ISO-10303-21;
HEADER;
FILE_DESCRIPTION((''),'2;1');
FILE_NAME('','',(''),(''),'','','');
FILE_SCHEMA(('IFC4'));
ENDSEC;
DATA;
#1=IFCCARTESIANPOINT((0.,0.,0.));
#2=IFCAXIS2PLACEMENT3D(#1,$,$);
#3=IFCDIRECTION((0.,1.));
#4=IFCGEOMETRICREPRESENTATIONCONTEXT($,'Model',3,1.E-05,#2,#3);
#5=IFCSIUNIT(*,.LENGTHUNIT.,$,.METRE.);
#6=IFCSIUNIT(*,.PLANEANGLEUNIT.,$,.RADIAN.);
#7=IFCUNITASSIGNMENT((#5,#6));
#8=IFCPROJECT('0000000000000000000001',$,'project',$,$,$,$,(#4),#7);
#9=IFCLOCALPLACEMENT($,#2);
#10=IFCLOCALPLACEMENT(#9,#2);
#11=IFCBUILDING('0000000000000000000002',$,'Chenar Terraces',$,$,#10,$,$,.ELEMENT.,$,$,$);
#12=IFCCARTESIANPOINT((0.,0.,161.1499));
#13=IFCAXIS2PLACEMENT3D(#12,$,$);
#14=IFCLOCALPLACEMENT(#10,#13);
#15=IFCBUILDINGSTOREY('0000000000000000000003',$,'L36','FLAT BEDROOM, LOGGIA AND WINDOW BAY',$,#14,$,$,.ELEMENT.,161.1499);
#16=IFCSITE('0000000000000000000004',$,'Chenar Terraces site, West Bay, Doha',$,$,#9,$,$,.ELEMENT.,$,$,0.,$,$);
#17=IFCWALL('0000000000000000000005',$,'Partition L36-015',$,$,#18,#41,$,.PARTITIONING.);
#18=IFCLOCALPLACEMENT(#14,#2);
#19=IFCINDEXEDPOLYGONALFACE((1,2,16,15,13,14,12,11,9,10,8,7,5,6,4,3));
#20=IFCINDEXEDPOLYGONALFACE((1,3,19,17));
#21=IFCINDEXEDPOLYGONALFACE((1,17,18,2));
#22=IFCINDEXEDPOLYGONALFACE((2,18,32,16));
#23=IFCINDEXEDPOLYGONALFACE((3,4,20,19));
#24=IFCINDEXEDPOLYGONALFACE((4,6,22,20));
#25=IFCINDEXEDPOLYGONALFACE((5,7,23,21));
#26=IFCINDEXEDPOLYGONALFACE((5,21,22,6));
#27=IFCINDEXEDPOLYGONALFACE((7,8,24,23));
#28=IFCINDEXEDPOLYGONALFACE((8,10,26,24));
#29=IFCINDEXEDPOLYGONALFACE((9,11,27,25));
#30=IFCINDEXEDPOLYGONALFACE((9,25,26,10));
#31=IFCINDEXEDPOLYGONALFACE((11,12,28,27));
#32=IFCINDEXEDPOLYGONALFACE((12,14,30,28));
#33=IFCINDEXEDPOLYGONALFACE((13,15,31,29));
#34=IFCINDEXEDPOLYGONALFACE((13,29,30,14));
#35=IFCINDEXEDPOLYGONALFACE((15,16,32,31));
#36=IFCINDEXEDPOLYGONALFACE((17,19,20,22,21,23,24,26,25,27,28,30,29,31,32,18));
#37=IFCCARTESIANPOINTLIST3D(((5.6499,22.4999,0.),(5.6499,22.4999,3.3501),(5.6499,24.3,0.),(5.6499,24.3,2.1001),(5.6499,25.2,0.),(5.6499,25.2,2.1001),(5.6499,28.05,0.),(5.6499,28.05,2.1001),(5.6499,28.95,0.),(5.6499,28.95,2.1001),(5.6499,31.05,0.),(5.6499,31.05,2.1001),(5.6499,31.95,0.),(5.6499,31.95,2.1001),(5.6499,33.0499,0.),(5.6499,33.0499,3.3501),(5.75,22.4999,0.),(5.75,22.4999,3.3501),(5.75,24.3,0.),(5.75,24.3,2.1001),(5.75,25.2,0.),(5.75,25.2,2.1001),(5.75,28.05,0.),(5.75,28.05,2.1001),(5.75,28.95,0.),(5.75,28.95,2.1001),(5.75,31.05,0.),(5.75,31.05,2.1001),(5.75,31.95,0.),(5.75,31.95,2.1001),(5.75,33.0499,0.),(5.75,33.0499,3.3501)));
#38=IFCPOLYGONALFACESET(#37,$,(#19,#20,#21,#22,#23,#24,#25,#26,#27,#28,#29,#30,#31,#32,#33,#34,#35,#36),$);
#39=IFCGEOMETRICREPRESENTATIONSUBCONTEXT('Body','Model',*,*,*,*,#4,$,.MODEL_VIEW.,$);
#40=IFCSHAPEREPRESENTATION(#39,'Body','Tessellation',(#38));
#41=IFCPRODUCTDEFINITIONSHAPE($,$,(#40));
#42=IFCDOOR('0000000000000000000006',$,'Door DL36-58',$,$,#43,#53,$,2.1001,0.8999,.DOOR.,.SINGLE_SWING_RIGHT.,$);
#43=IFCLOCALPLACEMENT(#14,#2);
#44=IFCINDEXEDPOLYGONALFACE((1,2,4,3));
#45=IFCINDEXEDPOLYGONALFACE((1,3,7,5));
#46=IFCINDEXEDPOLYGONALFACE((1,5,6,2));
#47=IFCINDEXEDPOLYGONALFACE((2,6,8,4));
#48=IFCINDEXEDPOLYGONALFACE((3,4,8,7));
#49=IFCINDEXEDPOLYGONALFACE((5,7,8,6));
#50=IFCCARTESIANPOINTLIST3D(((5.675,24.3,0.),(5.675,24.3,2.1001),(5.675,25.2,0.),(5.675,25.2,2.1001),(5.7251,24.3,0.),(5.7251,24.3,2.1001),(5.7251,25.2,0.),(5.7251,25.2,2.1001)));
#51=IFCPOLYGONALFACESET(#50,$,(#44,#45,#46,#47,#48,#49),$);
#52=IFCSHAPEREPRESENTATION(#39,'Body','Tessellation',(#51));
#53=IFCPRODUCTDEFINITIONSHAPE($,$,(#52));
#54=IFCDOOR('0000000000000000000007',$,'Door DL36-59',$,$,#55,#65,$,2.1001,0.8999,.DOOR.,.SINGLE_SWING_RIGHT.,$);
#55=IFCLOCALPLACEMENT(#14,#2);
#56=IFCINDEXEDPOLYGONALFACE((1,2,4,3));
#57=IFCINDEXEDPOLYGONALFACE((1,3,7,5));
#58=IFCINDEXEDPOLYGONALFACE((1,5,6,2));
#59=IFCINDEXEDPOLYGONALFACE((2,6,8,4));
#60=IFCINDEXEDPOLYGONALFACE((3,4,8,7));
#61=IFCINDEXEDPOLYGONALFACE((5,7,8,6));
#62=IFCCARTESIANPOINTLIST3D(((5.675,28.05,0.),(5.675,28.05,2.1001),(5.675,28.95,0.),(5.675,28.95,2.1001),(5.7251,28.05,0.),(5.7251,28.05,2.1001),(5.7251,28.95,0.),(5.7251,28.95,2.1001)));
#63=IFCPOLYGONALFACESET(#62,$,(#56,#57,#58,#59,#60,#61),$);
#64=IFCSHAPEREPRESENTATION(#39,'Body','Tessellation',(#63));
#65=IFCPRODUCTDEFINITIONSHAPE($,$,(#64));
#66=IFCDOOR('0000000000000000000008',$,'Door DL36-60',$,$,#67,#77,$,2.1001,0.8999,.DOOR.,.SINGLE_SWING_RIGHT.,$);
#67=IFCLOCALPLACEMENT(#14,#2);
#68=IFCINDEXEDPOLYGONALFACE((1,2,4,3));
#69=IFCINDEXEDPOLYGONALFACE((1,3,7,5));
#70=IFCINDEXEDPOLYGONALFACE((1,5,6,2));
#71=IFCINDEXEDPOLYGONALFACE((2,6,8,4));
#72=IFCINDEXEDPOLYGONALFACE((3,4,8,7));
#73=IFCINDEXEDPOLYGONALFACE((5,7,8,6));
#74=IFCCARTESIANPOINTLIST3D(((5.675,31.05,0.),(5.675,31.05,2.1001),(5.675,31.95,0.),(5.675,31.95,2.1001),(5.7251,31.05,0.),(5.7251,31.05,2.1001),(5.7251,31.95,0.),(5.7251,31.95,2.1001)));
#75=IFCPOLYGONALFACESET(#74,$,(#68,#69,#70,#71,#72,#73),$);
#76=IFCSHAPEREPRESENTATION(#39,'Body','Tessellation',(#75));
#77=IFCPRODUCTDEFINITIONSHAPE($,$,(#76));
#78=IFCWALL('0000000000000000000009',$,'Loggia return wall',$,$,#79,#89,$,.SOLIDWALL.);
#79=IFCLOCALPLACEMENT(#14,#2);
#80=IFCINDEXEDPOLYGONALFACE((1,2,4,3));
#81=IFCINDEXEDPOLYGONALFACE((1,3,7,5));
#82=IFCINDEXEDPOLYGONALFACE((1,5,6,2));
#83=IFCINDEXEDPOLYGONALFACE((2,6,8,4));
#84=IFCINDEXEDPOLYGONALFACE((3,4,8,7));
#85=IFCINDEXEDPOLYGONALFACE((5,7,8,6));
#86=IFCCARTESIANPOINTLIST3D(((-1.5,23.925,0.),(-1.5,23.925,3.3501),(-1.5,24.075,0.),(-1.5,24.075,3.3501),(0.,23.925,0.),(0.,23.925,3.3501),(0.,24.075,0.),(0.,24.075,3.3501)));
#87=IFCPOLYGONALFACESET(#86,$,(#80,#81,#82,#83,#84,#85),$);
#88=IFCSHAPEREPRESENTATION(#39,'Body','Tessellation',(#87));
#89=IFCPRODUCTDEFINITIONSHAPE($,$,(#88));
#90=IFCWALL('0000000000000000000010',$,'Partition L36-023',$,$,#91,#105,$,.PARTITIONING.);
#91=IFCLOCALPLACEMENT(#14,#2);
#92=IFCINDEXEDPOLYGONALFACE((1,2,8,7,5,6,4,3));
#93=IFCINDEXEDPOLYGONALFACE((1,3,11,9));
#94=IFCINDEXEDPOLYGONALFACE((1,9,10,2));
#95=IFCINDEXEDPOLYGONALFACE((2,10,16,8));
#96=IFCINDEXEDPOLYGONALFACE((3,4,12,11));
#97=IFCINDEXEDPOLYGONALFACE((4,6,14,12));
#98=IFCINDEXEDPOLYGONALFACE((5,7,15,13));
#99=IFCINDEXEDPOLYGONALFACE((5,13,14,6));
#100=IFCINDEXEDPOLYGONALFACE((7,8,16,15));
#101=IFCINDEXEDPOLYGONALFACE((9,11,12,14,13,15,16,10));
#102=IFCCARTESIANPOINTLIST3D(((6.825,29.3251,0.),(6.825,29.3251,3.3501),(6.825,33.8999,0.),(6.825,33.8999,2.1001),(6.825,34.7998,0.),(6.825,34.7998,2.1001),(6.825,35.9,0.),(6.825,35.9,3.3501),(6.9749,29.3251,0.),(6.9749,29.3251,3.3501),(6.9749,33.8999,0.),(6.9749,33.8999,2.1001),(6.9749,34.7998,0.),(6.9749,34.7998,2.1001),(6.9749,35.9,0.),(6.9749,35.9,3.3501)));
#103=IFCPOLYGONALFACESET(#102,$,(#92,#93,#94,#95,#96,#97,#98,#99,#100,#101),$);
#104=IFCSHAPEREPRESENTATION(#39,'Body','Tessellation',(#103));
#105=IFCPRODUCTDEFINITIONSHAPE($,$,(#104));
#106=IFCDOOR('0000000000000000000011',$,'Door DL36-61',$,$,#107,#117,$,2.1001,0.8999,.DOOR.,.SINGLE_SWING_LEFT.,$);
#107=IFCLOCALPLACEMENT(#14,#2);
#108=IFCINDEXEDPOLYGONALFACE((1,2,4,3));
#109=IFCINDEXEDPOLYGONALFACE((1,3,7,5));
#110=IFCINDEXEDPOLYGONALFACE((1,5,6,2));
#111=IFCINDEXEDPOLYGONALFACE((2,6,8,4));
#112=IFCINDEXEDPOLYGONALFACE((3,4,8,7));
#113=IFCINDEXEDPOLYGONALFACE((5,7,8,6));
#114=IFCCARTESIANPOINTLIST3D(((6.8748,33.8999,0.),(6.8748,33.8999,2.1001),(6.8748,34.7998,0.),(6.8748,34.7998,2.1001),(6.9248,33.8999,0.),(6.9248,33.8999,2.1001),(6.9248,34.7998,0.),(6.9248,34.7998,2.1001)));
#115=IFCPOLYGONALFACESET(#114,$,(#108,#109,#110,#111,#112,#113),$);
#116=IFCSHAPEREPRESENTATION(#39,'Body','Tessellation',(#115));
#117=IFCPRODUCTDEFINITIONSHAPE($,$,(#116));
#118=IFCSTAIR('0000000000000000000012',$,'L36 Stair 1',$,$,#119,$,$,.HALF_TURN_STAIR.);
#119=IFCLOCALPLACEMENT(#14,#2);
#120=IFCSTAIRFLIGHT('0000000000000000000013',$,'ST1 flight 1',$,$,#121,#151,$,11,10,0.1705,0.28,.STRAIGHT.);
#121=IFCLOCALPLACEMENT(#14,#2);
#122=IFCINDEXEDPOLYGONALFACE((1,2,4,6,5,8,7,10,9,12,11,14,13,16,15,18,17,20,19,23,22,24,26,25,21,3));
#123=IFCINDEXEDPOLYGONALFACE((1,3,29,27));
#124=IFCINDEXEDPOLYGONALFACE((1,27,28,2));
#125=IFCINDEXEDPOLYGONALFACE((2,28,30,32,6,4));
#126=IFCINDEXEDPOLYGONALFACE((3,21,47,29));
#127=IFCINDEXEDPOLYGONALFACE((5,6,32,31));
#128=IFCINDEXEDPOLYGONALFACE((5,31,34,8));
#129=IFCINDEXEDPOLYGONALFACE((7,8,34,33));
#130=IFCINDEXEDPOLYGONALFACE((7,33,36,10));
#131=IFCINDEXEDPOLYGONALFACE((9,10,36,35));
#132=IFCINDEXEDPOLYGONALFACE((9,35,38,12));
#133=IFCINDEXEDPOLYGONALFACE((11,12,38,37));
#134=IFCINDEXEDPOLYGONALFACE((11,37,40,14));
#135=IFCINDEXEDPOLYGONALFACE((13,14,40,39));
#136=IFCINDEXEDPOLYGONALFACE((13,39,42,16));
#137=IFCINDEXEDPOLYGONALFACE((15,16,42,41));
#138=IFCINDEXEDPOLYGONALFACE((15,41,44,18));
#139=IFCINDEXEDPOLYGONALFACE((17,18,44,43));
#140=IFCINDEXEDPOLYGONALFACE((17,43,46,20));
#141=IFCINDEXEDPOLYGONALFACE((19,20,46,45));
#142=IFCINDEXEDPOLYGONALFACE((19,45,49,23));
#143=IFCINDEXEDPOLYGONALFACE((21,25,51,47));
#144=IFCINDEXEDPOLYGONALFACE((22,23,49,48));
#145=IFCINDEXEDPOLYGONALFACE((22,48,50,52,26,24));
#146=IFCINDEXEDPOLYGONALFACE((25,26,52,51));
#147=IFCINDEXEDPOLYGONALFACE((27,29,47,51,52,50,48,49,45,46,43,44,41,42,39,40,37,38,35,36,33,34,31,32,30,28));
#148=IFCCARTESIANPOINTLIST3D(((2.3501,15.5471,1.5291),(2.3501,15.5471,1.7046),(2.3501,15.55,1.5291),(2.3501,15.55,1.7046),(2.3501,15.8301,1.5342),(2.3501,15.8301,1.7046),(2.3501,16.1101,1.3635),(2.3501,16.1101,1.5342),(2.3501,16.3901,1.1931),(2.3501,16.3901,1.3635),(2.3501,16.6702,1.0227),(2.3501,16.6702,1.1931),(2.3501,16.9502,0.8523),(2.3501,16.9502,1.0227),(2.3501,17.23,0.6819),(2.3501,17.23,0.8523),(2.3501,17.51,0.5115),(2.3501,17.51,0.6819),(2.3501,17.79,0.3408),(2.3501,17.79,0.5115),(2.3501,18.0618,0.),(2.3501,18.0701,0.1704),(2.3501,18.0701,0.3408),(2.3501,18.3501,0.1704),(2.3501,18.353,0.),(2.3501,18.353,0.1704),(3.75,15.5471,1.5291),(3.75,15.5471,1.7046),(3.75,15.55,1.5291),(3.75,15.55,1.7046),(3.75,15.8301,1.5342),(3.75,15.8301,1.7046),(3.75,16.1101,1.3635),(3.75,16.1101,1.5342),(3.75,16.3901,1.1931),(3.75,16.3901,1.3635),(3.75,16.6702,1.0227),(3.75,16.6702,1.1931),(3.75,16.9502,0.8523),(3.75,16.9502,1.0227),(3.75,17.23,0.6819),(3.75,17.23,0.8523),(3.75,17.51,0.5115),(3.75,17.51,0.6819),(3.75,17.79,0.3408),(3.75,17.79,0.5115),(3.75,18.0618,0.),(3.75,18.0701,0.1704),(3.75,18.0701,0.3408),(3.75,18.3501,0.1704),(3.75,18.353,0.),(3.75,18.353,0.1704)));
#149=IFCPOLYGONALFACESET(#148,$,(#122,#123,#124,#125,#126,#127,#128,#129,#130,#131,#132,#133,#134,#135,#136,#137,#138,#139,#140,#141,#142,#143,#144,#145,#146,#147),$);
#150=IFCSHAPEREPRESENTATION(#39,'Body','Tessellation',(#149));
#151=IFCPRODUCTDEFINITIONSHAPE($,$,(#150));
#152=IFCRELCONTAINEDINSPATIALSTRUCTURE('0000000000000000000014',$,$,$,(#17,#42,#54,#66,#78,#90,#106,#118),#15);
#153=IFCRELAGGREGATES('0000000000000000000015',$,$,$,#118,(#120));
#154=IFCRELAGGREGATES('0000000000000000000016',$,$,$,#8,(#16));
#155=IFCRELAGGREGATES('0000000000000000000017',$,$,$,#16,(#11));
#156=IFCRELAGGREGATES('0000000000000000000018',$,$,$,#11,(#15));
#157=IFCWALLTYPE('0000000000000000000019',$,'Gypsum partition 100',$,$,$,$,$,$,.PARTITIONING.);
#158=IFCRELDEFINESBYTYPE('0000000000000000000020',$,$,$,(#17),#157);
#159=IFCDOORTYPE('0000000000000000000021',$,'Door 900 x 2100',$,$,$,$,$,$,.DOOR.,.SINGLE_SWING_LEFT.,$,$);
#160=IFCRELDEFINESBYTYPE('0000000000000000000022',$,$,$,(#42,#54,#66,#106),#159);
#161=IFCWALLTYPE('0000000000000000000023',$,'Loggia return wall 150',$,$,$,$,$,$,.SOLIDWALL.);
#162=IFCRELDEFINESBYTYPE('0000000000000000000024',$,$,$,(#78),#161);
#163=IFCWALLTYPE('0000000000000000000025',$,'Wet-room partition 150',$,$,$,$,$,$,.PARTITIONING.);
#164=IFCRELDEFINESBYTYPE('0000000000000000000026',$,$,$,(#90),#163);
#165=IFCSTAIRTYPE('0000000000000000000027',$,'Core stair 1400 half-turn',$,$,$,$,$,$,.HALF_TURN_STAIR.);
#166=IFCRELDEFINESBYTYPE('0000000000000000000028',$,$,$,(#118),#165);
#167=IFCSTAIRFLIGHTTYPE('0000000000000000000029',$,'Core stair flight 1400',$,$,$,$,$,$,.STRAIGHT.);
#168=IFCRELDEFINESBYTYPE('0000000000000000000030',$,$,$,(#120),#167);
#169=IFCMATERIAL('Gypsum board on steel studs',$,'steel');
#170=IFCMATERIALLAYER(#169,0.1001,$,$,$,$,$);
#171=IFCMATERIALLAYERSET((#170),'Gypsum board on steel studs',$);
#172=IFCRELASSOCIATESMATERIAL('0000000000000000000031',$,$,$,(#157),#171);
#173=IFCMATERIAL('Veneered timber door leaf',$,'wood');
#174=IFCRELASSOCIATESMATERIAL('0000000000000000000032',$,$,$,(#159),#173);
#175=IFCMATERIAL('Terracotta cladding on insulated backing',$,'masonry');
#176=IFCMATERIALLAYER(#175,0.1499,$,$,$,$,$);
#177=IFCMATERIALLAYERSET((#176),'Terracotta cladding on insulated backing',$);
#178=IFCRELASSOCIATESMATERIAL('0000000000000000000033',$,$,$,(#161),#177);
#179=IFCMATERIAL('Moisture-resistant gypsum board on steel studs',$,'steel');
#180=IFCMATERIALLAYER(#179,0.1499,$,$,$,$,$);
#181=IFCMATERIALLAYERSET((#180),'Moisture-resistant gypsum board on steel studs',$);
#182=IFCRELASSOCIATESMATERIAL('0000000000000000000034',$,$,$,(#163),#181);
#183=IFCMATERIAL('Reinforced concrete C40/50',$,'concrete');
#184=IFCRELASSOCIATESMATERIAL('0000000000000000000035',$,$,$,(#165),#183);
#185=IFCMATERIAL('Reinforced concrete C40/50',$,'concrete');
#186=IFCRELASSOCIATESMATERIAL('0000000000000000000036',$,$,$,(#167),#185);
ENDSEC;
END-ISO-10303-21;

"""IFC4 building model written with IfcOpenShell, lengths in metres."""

from ifc_helpers import new_model, si_unit, direction, frame, frame_2d, origin, place, context, subcontext, project, spatial, polyline, rectangle, outline, extrude, material, layer, layer_set, type_object, element, fill, aggregate, save


model = new_model("IFC4")

# Units and contexts
model_context = context("Model", 3, precision=1e-05, world=origin(), true_north=direction((0.0, 1.0)))
body_context = subcontext(model_context, "Body", "Model", "MODEL_VIEW")
ifc_project = project(units=[si_unit("LENGTHUNIT", "METRE"), si_unit("PLANEANGLEUNIT", "RADIAN")], contexts=[model_context])

# Site, building, storey
site_placement = place(None, origin())
site = spatial("IfcSite", under=ifc_project, at=site_placement, Name="Chenar Terraces site, West Bay, Doha", CompositionType="ELEMENT", RefElevation=0.0)
building_placement = place(site_placement, origin())
building = spatial("IfcBuilding", under=site, at=building_placement, Name="Chenar Terraces", CompositionType="ELEMENT")
storey_placement = place(building_placement, frame((0.0, 0.0, 161.1499)))
storey = spatial("IfcBuildingStorey", under=building, at=storey_placement, Name="L36", Description="FLAT BEDROOM, LOGGIA AND WINDOW BAY", CompositionType="ELEMENT", Elevation=161.1499)

# Shared definitions
ifc_material_1 = material(Name="Gypsum board on steel studs", Category="steel")
ifc_layer_1 = layer(ifc_material_1, 0.1001)
ifc_layer_set_1 = layer_set([ifc_layer_1], Name="Gypsum board on steel studs")
wall_type_1 = type_object("IfcWallType", Name="Gypsum partition 100", PredefinedType="PARTITIONING", material=ifc_layer_set_1)

# Wall, openings, doors
wall_1_placement = place(storey_placement, frame((5.7, 22.5, 0.0), z_axis=(0.0, 0.0, 1.0), x_axis=(0.0, 1.0, 0.0)))
wall_1 = element("IfcWall", 1, at=wall_1_placement, inside=storey, type_object=wall_type_1, Name="Partition L36-015", PredefinedType="PARTITIONING", context=body_context, shape_type="SweptSolid", body=[
    extrude(rectangle(XDim=10.55, YDim=0.1001, at=frame_2d((5.2749, 0.0))), origin(), (0.0, 0.0, 1.0), 3.3501),
])
opening_1_placement = place(wall_1_placement, frame((1.8, 0.0, 0.0)))
opening_1 = element("IfcOpeningElement", 2, at=opening_1_placement, cuts=wall_1, PredefinedType="OPENING", context=body_context, shape_type="SweptSolid", body=[
    extrude(rectangle(XDim=0.8999, YDim=2.1001, at=frame_2d((0.45, 1.05))), frame((0.0, 0.0601, 0.0), z_axis=(0.0, -1.0, 0.0), x_axis=(1.0, 0.0, 0.0)), (0.0, 0.0, 1.0), 0.1201),
])
opening_2_placement = place(wall_1_placement, frame((5.55, 0.0, 0.0)))
opening_2 = element("IfcOpeningElement", 3, at=opening_2_placement, cuts=wall_1, PredefinedType="OPENING", context=body_context, shape_type="SweptSolid", body=[
    extrude(rectangle(XDim=0.8999, YDim=2.1001, at=frame_2d((0.45, 1.05))), frame((0.0, 0.0601, 0.0), z_axis=(0.0, -1.0, 0.0), x_axis=(1.0, 0.0, 0.0)), (0.0, 0.0, 1.0), 0.1201),
])
opening_3_placement = place(wall_1_placement, frame((8.55, 0.0, 0.0)))
opening_3 = element("IfcOpeningElement", 4, at=opening_3_placement, cuts=wall_1, PredefinedType="OPENING", context=body_context, shape_type="SweptSolid", body=[
    extrude(rectangle(XDim=0.8999, YDim=2.1001, at=frame_2d((0.45, 1.05))), frame((0.0, 0.0601, 0.0), z_axis=(0.0, -1.0, 0.0), x_axis=(1.0, 0.0, 0.0)), (0.0, 0.0, 1.0), 0.1201),
])
ifc_material_2 = material(Name="Veneered timber door leaf", Category="wood")
door_type_1 = type_object("IfcDoorType", Name="Door 900 x 2100", OperationType="SINGLE_SWING_LEFT", PredefinedType="DOOR", material=ifc_material_2)
door_1_placement = place(opening_1_placement, origin())
door_1 = element("IfcDoor", 5, at=door_1_placement, inside=storey, type_object=door_type_1, Name="Door DL36-58", OperationType="SINGLE_SWING_RIGHT", OverallHeight=2.1001, OverallWidth=0.8999, PredefinedType="DOOR", context=body_context, shape_type="SweptSolid", body=[
    extrude(rectangle(XDim=0.8999, YDim=2.1001, at=frame_2d((0.45, 1.05))), frame((0.0, 0.0249, 0.0), z_axis=(0.0, -1.0, 0.0), x_axis=(1.0, 0.0, 0.0)), (0.0, 0.0, 1.0), 0.05),
])
fill(opening_1, door_1)
door_2_placement = place(opening_2_placement, origin())
door_2 = element("IfcDoor", 6, at=door_2_placement, inside=storey, type_object=door_type_1, Name="Door DL36-59", OperationType="SINGLE_SWING_RIGHT", OverallHeight=2.1001, OverallWidth=0.8999, PredefinedType="DOOR", context=body_context, shape_type="SweptSolid", body=[
    extrude(rectangle(XDim=0.8999, YDim=2.1001, at=frame_2d((0.45, 1.05))), frame((0.0, 0.0249, 0.0), z_axis=(0.0, -1.0, 0.0), x_axis=(1.0, 0.0, 0.0)), (0.0, 0.0, 1.0), 0.05),
])
fill(opening_2, door_2)
door_3_placement = place(opening_3_placement, origin())
door_3 = element("IfcDoor", 7, at=door_3_placement, inside=storey, type_object=door_type_1, Name="Door DL36-60", OperationType="SINGLE_SWING_RIGHT", OverallHeight=2.1001, OverallWidth=0.8999, PredefinedType="DOOR", context=body_context, shape_type="SweptSolid", body=[
    extrude(rectangle(XDim=0.8999, YDim=2.1001, at=frame_2d((0.45, 1.05))), frame((0.0, 0.0249, 0.0), z_axis=(0.0, -1.0, 0.0), x_axis=(1.0, 0.0, 0.0)), (0.0, 0.0, 1.0), 0.05),
])
fill(opening_3, door_3)

# Wall
ifc_material_3 = material(Name="Terracotta cladding on insulated backing", Category="masonry")
ifc_layer_2 = layer(ifc_material_3, 0.1499)
ifc_layer_set_2 = layer_set([ifc_layer_2], Name="Terracotta cladding on insulated backing")
wall_type_2 = type_object("IfcWallType", Name="Loggia return wall 150", PredefinedType="SOLIDWALL", material=ifc_layer_set_2)
wall_2_placement = place(storey_placement, frame((-1.5, 24.0, 0.0), z_axis=(0.0, 0.0, 1.0), x_axis=(1.0, 0.0, 0.0)))
element("IfcWall", 8, at=wall_2_placement, inside=storey, type_object=wall_type_2, Name="Loggia return wall", PredefinedType="SOLIDWALL", context=body_context, shape_type="SweptSolid", body=[
    extrude(rectangle(XDim=1.5, YDim=0.1499, at=frame_2d((0.75, 0.0))), origin(), (0.0, 0.0, 1.0), 3.3501),
])

# Wall, opening, door
ifc_material_4 = material(Name="Moisture-resistant gypsum board on steel studs", Category="steel")
ifc_layer_3 = layer(ifc_material_4, 0.1499)
ifc_layer_set_3 = layer_set([ifc_layer_3], Name="Moisture-resistant gypsum board on steel studs")
wall_type_3 = type_object("IfcWallType", Name="Wet-room partition 150", PredefinedType="PARTITIONING", material=ifc_layer_set_3)
wall_3_placement = place(storey_placement, frame((6.8999, 29.325, 0.0), z_axis=(0.0, 0.0, 1.0), x_axis=(0.0, 1.0, 0.0)))
wall_3 = element("IfcWall", 9, at=wall_3_placement, inside=storey, type_object=wall_type_3, Name="Partition L36-023", PredefinedType="PARTITIONING", context=body_context, shape_type="SweptSolid", body=[
    extrude(rectangle(XDim=6.575, YDim=0.1499, at=frame_2d((3.2876, 0.0))), origin(), (0.0, 0.0, 1.0), 3.3501),
])
opening_4_placement = place(wall_3_placement, frame((4.575, 0.0, 0.0)))
opening_4 = element("IfcOpeningElement", 10, at=opening_4_placement, cuts=wall_3, PredefinedType="OPENING", context=body_context, shape_type="SweptSolid", body=[
    extrude(rectangle(XDim=0.8999, YDim=2.1001, at=frame_2d((0.45, 1.05))), frame((0.0, 0.085, 0.0), z_axis=(0.0, -1.0, 0.0), x_axis=(1.0, 0.0, 0.0)), (0.0, 0.0, 1.0), 0.1699),
])
door_4_placement = place(opening_4_placement, frame((0.8999, 0.0, 0.0), z_axis=(0.0, 0.0, 1.0), x_axis=(-1.0, 0.0, 0.0)))
door_4 = element("IfcDoor", 11, at=door_4_placement, inside=storey, type_object=door_type_1, Name="Door DL36-61", OperationType="SINGLE_SWING_LEFT", OverallHeight=2.1001, OverallWidth=0.8999, PredefinedType="DOOR", context=body_context, shape_type="SweptSolid", body=[
    extrude(rectangle(XDim=0.8999, YDim=2.1001, at=frame_2d((0.45, 1.05))), frame((0.0, 0.0249, 0.0), z_axis=(0.0, -1.0, 0.0), x_axis=(1.0, 0.0, 0.0)), (0.0, 0.0, 1.0), 0.05),
])
fill(opening_4, door_4)

# Stair, stair flight
ifc_material_5 = material(Name="Reinforced concrete C40/50", Category="concrete")
stair_type = type_object("IfcStairType", Name="Core stair 1400 half-turn", PredefinedType="HALF_TURN_STAIR", material=ifc_material_5)
stair_placement = place(storey_placement, origin())
stair = element("IfcStair", 12, at=stair_placement, inside=storey, type_object=stair_type, Name="L36 Stair 1", PredefinedType="HALF_TURN_STAIR")
ifc_material_6 = material(Name="Reinforced concrete C40/50", Category="concrete")
stair_flight_type = type_object("IfcStairFlightType", Name="Core stair flight 1400", PredefinedType="STRAIGHT", material=ifc_material_6)
stair_flight_placement = place(storey_placement, frame((3.05, 18.3501, 0.0), z_axis=(0.0, 0.0, 1.0), x_axis=(0.0, -1.0, 0.0)))
stair_flight = element("IfcStairFlight", 13, at=stair_flight_placement, type_object=stair_flight_type, Name="ST1 flight 1", NumberOfRisers=11, NumberOfTreads=10, PredefinedType="STRAIGHT", RiserHeight=0.1705, TreadLength=0.28, context=body_context, shape_type="SweptSolid", body=[
    extrude(outline(polyline([(-0.0029, 0.0), (-0.0029, 0.1704), (0.0, 0.1704), (0.28, 0.1704), (0.28, 0.3408), (0.5601, 0.3408), (0.5601, 0.5115), (0.8401, 0.5115), (0.8401, 0.6819), (1.1201, 0.6819), (1.1201, 0.8523), (1.3999, 0.8523), (1.3999, 1.0227), (1.6799, 1.0227), (1.6799, 1.1931), (1.96, 1.1931), (1.96, 1.3635), (2.24, 1.3635), (2.24, 1.5342), (2.52, 1.5342), (2.52, 1.7046), (2.8, 1.7046), (2.803, 1.7046), (2.803, 1.5291), (2.8, 1.5291), (0.2883, 0.0), (-0.0029, 0.0)])), frame((0.0, 0.7, 0.0), z_axis=(0.0, -1.0, 0.0), x_axis=(1.0, 0.0, 0.0)), (0.0, 0.0, 1.0), 1.3999),
])
aggregate(stair, [stair_flight])

save(model, "model.ifc")
